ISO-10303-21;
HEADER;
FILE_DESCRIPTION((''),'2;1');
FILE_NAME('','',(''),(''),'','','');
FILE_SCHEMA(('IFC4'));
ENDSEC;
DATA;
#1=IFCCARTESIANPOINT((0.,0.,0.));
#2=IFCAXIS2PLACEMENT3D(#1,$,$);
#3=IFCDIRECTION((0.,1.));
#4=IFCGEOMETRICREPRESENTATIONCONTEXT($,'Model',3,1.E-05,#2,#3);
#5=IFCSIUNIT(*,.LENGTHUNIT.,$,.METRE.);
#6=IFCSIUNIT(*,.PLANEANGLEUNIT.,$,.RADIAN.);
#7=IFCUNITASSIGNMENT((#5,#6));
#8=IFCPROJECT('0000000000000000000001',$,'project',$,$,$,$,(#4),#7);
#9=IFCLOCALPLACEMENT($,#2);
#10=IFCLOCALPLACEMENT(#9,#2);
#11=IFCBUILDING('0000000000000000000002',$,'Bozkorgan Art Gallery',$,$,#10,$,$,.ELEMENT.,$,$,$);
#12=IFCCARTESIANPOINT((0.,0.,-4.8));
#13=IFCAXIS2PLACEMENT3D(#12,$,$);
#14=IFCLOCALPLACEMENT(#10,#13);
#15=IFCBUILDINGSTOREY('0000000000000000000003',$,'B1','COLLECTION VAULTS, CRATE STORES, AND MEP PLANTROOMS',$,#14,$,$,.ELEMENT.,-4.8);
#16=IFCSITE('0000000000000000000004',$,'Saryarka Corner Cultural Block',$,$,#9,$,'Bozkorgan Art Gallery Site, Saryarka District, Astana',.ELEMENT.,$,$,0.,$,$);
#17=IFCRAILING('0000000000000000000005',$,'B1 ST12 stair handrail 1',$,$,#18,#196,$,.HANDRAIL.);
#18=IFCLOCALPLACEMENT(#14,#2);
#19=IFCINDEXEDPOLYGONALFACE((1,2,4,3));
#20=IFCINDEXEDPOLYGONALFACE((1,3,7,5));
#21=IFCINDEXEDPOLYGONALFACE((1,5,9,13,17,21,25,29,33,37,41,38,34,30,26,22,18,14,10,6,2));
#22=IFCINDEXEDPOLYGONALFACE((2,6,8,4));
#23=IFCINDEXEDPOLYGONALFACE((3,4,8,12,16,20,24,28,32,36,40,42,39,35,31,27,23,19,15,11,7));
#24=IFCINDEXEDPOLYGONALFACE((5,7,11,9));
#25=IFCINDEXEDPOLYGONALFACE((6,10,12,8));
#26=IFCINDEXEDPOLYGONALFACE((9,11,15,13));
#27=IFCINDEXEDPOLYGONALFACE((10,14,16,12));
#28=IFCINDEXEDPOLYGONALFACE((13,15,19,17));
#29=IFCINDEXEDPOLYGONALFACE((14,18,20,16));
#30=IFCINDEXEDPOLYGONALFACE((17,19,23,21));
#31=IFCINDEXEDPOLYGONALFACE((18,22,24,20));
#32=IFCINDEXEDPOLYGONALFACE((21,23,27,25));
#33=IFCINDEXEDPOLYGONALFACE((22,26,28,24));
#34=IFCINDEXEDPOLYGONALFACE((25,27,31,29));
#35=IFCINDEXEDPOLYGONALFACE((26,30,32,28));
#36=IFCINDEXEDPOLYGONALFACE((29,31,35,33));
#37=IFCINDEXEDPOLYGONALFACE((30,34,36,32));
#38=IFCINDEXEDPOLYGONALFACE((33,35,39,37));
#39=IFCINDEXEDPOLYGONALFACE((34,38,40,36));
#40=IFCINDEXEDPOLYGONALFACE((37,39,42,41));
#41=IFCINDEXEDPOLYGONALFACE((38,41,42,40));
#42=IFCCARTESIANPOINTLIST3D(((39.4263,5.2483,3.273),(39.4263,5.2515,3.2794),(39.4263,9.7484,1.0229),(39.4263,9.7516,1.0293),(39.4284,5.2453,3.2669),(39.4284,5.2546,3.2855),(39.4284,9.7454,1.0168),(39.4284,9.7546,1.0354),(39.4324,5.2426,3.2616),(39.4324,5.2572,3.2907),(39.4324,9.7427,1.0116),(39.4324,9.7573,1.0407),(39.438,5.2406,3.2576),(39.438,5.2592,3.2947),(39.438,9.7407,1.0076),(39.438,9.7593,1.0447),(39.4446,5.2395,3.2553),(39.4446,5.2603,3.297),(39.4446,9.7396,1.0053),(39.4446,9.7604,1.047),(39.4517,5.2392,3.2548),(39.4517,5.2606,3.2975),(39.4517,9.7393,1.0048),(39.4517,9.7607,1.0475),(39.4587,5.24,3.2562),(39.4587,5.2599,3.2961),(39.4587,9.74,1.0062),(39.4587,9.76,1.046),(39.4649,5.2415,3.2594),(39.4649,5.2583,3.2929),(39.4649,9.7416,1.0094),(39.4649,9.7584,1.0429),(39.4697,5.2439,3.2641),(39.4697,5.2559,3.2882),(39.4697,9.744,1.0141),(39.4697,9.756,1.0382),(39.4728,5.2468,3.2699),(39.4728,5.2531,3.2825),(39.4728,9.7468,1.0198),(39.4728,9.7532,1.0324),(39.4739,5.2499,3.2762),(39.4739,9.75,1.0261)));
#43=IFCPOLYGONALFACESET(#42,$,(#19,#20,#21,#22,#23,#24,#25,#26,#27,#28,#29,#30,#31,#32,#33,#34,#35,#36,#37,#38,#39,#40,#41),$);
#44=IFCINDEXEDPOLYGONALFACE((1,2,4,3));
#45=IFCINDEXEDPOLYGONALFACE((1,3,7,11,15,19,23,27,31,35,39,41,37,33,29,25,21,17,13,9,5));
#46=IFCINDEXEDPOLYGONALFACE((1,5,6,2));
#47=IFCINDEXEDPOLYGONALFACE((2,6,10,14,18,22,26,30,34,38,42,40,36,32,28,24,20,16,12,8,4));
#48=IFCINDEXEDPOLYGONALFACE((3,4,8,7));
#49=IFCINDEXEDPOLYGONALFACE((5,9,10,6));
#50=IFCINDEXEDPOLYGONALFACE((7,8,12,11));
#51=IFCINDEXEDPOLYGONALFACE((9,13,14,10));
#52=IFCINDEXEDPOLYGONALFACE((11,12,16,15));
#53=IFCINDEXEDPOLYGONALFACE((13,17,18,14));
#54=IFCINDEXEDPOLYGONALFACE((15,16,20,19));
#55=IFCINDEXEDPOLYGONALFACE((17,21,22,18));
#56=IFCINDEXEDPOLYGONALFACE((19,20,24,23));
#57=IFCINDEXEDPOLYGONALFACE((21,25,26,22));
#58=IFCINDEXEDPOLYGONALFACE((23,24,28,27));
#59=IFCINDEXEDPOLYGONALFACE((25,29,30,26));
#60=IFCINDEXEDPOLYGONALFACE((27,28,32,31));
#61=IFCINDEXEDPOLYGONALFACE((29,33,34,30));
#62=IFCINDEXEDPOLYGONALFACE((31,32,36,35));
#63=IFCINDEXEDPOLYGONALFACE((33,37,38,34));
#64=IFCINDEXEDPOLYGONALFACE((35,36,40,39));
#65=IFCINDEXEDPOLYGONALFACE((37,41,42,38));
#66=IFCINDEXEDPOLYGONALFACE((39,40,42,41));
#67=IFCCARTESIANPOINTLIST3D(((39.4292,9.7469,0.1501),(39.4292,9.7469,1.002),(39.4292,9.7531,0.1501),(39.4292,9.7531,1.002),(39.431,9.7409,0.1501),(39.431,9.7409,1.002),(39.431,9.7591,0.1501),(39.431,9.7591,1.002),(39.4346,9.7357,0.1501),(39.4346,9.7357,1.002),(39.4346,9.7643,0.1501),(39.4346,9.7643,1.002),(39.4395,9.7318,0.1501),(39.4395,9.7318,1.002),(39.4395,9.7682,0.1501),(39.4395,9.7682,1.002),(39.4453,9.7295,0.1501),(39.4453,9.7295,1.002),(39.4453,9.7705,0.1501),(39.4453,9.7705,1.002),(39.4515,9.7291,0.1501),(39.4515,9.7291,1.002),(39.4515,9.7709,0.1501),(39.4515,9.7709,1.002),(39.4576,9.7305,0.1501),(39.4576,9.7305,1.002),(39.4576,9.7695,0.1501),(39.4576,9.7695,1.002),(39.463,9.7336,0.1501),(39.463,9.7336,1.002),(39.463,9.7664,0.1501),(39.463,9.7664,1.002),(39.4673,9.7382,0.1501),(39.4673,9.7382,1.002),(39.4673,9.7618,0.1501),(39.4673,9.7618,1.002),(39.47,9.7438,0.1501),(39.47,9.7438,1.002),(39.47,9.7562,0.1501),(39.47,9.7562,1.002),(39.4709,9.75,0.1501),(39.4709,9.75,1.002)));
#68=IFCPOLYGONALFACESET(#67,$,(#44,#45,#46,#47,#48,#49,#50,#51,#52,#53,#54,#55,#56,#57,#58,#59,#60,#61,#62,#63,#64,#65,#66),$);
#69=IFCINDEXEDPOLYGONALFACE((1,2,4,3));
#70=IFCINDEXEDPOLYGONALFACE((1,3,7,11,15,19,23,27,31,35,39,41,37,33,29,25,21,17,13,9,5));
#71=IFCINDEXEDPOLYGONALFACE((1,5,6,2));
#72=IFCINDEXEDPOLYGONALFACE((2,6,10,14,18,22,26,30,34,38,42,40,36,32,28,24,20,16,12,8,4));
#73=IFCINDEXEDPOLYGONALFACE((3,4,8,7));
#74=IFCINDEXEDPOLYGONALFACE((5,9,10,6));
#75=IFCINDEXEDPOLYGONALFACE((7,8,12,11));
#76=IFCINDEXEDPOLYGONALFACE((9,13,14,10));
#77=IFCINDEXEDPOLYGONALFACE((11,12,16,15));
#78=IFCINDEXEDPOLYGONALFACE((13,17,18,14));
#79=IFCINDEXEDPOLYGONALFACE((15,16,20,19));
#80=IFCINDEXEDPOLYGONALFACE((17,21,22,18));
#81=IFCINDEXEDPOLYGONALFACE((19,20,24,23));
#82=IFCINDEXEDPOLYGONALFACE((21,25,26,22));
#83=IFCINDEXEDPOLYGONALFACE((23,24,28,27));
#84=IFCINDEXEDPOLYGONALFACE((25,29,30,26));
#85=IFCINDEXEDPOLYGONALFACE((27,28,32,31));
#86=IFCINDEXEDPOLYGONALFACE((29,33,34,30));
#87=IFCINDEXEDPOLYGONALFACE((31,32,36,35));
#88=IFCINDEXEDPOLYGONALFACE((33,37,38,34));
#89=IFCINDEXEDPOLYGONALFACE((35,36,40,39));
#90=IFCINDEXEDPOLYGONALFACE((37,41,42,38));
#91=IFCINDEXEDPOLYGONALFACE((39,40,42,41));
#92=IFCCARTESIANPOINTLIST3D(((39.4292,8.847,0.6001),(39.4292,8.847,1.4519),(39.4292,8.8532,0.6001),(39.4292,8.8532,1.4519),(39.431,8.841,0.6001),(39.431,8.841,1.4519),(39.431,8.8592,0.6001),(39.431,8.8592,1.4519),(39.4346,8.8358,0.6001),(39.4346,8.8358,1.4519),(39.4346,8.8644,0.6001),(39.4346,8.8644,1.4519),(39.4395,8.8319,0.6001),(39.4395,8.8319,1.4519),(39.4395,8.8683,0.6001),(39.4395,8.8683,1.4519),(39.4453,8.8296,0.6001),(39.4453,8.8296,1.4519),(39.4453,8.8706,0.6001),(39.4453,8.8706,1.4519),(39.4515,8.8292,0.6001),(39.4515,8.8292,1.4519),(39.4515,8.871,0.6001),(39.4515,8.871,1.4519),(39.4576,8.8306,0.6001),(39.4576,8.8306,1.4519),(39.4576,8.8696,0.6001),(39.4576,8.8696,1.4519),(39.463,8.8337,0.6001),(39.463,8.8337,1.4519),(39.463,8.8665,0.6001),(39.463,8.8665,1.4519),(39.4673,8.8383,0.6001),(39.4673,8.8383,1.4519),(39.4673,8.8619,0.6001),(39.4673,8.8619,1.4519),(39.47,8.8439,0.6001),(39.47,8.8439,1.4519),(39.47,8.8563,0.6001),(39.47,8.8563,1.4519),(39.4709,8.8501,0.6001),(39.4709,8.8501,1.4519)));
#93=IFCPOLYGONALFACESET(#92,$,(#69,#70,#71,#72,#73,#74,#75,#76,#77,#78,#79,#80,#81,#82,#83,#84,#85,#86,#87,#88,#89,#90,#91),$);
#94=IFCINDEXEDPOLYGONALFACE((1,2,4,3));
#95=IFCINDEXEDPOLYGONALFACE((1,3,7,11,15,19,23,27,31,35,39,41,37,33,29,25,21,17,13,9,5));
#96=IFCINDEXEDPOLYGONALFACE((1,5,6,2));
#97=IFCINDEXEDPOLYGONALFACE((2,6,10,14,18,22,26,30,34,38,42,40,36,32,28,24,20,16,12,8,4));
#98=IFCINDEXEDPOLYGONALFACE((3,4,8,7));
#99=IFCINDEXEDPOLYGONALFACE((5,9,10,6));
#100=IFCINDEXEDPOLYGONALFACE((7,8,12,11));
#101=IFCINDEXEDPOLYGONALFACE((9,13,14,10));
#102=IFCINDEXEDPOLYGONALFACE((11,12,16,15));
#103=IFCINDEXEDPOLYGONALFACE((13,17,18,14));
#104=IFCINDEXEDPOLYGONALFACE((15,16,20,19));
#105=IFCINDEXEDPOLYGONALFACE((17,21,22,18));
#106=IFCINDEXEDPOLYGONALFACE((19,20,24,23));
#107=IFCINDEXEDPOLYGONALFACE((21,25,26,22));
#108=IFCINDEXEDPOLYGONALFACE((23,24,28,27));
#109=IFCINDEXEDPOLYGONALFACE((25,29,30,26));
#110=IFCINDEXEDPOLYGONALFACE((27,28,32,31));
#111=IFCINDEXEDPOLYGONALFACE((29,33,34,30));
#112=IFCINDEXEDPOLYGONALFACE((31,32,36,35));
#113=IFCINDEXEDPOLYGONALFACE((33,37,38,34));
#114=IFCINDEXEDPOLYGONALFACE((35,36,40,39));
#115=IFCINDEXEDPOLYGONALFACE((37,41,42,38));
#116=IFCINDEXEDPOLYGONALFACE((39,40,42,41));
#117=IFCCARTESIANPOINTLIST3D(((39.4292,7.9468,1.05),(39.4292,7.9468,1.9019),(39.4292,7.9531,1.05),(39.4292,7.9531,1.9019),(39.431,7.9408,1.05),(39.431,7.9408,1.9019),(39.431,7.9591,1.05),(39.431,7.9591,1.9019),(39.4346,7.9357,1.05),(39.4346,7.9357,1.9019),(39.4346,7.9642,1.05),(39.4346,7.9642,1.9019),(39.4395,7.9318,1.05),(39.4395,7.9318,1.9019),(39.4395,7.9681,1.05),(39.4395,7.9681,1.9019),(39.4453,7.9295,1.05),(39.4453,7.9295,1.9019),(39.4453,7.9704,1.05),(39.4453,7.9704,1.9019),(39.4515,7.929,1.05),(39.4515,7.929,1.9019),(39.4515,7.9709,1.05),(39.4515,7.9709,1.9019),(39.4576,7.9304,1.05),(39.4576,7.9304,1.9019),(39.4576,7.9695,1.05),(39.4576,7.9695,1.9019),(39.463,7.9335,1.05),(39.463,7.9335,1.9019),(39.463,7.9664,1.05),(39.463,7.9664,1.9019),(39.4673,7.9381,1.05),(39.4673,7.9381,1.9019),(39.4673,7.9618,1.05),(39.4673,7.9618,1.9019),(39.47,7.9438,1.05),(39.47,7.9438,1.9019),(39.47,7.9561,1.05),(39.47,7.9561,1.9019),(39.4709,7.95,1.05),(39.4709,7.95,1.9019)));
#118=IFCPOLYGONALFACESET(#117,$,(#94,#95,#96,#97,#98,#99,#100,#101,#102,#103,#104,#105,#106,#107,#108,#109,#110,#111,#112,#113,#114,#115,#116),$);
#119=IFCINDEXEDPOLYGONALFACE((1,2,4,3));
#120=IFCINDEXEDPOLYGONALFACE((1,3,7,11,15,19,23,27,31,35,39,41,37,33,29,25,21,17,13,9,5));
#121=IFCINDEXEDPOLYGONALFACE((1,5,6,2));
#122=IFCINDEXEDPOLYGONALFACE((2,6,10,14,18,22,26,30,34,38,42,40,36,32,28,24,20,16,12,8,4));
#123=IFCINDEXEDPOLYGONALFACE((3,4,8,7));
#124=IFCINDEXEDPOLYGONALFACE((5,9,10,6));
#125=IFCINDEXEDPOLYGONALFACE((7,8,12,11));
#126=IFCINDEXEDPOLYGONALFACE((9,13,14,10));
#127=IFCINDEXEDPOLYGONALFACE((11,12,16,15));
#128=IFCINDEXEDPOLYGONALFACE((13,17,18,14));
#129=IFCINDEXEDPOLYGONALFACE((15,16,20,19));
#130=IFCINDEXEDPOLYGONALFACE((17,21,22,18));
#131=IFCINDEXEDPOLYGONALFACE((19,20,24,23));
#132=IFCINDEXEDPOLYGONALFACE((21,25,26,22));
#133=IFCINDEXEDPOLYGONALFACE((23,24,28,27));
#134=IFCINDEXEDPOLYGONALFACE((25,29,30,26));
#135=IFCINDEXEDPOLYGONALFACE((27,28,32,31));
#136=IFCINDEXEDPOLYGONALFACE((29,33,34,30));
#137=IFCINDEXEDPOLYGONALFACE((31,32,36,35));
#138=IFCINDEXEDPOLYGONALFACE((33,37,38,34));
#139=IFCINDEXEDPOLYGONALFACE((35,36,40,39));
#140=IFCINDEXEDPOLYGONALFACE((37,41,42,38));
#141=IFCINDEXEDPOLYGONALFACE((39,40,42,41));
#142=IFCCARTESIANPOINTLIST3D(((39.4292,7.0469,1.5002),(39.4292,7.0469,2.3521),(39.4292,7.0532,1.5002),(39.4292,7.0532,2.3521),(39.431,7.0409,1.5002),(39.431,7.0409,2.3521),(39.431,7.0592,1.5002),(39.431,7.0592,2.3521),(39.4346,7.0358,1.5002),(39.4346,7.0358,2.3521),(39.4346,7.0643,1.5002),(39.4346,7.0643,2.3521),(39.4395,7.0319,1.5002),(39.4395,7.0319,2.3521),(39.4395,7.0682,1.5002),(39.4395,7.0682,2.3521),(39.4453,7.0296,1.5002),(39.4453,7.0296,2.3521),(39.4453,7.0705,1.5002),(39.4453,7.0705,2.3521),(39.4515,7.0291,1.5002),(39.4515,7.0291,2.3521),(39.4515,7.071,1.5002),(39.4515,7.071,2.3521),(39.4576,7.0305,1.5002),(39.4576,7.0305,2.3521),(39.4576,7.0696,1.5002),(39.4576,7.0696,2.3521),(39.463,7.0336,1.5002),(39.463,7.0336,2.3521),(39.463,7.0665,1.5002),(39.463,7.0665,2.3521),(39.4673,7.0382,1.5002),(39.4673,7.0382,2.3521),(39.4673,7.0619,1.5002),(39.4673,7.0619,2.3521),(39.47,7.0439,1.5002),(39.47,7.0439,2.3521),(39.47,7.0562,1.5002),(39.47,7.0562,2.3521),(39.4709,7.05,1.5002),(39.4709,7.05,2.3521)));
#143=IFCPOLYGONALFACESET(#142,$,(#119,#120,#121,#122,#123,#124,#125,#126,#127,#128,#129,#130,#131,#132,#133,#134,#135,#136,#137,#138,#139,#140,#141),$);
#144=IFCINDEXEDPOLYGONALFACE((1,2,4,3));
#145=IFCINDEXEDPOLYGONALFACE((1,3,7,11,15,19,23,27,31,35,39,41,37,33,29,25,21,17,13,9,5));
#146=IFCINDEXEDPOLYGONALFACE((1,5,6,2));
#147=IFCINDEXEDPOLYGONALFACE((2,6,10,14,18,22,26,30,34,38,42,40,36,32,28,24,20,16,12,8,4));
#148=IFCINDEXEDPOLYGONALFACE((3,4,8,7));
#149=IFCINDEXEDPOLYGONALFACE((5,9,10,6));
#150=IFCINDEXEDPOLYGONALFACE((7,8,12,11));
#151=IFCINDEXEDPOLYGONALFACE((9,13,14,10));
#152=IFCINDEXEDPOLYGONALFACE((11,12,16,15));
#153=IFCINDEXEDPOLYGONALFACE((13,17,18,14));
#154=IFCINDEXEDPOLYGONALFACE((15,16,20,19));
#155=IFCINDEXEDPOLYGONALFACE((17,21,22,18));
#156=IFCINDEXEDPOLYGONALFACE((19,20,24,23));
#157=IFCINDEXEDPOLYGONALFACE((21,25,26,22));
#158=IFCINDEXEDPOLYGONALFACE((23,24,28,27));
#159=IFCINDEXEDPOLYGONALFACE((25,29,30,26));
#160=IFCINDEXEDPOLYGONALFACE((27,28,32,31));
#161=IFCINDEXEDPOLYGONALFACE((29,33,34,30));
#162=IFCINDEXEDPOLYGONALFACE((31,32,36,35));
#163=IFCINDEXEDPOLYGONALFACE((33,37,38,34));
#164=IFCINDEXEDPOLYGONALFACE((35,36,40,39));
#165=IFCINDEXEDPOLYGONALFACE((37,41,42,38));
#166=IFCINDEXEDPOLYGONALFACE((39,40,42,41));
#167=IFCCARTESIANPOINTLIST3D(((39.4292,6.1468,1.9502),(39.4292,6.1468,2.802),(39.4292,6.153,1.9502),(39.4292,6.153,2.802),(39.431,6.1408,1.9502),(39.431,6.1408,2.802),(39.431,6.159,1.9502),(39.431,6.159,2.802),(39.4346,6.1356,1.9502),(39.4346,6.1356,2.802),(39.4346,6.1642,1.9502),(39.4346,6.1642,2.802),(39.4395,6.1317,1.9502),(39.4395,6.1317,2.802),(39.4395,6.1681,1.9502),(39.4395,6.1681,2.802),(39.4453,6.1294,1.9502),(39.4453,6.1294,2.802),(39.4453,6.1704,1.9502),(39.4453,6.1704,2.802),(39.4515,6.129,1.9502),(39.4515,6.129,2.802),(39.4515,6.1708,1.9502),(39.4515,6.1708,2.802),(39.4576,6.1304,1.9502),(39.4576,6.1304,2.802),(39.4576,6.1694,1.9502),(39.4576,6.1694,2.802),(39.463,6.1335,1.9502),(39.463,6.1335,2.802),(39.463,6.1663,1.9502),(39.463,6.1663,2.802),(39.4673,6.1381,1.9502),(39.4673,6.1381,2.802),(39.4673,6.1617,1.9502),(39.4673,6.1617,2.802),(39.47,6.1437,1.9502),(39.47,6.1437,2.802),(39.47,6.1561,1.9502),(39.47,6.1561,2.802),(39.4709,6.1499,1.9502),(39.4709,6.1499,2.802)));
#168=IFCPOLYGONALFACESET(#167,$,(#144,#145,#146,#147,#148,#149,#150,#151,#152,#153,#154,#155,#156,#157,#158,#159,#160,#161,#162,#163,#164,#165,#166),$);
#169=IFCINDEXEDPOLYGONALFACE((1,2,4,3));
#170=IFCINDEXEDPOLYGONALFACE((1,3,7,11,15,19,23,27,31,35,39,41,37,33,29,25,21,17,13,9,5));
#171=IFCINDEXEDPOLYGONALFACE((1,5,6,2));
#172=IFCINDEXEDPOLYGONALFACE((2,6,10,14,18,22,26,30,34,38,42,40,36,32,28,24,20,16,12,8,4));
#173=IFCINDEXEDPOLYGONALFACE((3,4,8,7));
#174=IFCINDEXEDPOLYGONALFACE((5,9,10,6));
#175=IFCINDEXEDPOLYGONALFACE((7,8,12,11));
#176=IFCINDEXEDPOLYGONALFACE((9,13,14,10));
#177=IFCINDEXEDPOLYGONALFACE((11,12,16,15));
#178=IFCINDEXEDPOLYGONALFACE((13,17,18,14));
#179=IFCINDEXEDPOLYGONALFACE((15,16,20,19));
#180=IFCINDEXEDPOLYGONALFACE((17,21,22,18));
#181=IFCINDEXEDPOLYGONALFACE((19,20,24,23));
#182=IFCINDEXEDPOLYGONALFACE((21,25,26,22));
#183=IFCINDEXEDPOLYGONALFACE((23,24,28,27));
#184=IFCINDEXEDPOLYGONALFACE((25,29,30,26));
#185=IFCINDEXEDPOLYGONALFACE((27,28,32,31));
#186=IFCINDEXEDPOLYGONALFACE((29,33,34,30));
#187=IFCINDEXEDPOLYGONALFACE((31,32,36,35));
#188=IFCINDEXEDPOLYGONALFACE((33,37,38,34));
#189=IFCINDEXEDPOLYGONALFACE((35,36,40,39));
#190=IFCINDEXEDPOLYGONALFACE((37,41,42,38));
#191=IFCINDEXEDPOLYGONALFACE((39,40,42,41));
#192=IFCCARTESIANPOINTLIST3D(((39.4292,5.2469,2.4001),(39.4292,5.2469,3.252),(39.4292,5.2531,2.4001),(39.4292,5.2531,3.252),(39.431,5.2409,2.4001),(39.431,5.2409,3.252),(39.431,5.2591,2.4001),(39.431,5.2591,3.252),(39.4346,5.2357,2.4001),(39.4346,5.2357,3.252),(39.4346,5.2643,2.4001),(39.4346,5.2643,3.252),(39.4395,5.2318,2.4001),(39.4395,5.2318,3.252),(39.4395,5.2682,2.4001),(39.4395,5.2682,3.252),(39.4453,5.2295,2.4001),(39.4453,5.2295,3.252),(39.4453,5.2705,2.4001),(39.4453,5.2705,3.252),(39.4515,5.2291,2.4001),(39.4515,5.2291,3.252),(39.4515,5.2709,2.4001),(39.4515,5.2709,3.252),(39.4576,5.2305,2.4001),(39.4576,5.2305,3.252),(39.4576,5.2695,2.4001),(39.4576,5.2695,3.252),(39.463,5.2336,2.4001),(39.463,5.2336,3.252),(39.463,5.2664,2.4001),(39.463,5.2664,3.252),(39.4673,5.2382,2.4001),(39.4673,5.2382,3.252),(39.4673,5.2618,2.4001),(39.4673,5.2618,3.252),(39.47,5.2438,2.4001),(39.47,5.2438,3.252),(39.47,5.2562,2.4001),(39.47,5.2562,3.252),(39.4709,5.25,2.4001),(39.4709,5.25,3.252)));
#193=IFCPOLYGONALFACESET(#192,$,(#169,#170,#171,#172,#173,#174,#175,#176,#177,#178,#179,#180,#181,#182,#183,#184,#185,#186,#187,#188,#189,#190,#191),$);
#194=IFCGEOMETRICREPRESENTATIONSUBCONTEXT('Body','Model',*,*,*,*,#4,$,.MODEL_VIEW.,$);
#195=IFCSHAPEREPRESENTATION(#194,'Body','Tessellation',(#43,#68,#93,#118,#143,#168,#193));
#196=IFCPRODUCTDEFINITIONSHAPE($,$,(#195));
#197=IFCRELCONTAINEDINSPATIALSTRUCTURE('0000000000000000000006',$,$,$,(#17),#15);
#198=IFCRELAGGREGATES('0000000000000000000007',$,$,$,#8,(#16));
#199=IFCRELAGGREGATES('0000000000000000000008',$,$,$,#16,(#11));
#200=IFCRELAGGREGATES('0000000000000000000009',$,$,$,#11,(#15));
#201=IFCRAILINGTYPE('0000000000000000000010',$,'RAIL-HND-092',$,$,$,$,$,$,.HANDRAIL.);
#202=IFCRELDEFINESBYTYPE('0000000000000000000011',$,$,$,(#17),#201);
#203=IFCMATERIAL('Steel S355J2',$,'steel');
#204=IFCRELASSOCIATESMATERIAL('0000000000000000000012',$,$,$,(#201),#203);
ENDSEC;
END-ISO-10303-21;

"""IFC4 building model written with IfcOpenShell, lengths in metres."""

from ifc_helpers import new_model, si_unit, direction, frame, origin, origin_2d, place, context, subcontext, project, spatial, circle, extrude, material, type_object, element, save


model = new_model("IFC4")

# Units and contexts
model_context = context("Model", 3, precision=1e-05, world=origin(), true_north=direction((0.0, 1.0)))
body_context = subcontext(model_context, "Body", "Model", "MODEL_VIEW")
ifc_project = project(units=[si_unit("LENGTHUNIT", "METRE"), si_unit("PLANEANGLEUNIT", "RADIAN")], contexts=[model_context])

# Site, building, storey
site_placement = place(None, origin())
site = spatial("IfcSite", under=ifc_project, at=site_placement, Name="Saryarka Corner Cultural Block", LongName="Bozkorgan Art Gallery Site, Saryarka District, Astana", CompositionType="ELEMENT", RefElevation=0.0)
building_placement = place(site_placement, origin())
building = spatial("IfcBuilding", under=site, at=building_placement, Name="Bozkorgan Art Gallery", CompositionType="ELEMENT")
storey_placement = place(building_placement, frame((0.0, 0.0, -4.8)))
storey = spatial("IfcBuildingStorey", under=building, at=storey_placement, Name="B1", Description="COLLECTION VAULTS, CRATE STORES, AND MEP PLANTROOMS", CompositionType="ELEMENT", Elevation=-4.8)

# Shared definitions
ifc_material_1 = material(Name="Steel S355J2", Category="steel")

# Railing
railing_type_1 = type_object("IfcRailingType", Name="RAIL-HND-092", PredefinedType="HANDRAIL", material=ifc_material_1)
railing_1_placement = place(storey_placement, frame((39.45, 9.75, 0.1501)))
element("IfcRailing", 1, at=railing_1_placement, inside=storey, type_object=railing_type_1, Name="B1 ST12 stair handrail 1", PredefinedType="HANDRAIL", context=body_context, shape_type="SweptSolid", body=[
    extrude(circle(Radius=0.0239, at=origin_2d()), frame((0.0, 0.0, 0.876), z_axis=(0.0, -0.894427, 0.447214), x_axis=(1.0, 0.0, 0.0)), (0.0, 0.0, 1.0), 5.0312),
    extrude(circle(Radius=0.021, at=origin_2d()), origin(), (0.0, 0.0, 1.0), 0.8518),
    extrude(circle(Radius=0.021, at=origin_2d()), frame((0.0, -0.8999, 0.45)), (0.0, 0.0, 1.0), 0.8518),
    extrude(circle(Radius=0.021, at=origin_2d()), frame((0.0, -1.8, 0.8999)), (0.0, 0.0, 1.0), 0.8518),
    extrude(circle(Radius=0.021, at=origin_2d()), frame((0.0, -2.7, 1.3501)), (0.0, 0.0, 1.0), 0.8518),
    extrude(circle(Radius=0.021, at=origin_2d()), frame((0.0, -3.6001, 1.8)), (0.0, 0.0, 1.0), 0.8518),
    extrude(circle(Radius=0.021, at=origin_2d()), frame((0.0, -4.5, 2.25)), (0.0, 0.0, 1.0), 0.8518),
])

save(model, "model.ifc")
